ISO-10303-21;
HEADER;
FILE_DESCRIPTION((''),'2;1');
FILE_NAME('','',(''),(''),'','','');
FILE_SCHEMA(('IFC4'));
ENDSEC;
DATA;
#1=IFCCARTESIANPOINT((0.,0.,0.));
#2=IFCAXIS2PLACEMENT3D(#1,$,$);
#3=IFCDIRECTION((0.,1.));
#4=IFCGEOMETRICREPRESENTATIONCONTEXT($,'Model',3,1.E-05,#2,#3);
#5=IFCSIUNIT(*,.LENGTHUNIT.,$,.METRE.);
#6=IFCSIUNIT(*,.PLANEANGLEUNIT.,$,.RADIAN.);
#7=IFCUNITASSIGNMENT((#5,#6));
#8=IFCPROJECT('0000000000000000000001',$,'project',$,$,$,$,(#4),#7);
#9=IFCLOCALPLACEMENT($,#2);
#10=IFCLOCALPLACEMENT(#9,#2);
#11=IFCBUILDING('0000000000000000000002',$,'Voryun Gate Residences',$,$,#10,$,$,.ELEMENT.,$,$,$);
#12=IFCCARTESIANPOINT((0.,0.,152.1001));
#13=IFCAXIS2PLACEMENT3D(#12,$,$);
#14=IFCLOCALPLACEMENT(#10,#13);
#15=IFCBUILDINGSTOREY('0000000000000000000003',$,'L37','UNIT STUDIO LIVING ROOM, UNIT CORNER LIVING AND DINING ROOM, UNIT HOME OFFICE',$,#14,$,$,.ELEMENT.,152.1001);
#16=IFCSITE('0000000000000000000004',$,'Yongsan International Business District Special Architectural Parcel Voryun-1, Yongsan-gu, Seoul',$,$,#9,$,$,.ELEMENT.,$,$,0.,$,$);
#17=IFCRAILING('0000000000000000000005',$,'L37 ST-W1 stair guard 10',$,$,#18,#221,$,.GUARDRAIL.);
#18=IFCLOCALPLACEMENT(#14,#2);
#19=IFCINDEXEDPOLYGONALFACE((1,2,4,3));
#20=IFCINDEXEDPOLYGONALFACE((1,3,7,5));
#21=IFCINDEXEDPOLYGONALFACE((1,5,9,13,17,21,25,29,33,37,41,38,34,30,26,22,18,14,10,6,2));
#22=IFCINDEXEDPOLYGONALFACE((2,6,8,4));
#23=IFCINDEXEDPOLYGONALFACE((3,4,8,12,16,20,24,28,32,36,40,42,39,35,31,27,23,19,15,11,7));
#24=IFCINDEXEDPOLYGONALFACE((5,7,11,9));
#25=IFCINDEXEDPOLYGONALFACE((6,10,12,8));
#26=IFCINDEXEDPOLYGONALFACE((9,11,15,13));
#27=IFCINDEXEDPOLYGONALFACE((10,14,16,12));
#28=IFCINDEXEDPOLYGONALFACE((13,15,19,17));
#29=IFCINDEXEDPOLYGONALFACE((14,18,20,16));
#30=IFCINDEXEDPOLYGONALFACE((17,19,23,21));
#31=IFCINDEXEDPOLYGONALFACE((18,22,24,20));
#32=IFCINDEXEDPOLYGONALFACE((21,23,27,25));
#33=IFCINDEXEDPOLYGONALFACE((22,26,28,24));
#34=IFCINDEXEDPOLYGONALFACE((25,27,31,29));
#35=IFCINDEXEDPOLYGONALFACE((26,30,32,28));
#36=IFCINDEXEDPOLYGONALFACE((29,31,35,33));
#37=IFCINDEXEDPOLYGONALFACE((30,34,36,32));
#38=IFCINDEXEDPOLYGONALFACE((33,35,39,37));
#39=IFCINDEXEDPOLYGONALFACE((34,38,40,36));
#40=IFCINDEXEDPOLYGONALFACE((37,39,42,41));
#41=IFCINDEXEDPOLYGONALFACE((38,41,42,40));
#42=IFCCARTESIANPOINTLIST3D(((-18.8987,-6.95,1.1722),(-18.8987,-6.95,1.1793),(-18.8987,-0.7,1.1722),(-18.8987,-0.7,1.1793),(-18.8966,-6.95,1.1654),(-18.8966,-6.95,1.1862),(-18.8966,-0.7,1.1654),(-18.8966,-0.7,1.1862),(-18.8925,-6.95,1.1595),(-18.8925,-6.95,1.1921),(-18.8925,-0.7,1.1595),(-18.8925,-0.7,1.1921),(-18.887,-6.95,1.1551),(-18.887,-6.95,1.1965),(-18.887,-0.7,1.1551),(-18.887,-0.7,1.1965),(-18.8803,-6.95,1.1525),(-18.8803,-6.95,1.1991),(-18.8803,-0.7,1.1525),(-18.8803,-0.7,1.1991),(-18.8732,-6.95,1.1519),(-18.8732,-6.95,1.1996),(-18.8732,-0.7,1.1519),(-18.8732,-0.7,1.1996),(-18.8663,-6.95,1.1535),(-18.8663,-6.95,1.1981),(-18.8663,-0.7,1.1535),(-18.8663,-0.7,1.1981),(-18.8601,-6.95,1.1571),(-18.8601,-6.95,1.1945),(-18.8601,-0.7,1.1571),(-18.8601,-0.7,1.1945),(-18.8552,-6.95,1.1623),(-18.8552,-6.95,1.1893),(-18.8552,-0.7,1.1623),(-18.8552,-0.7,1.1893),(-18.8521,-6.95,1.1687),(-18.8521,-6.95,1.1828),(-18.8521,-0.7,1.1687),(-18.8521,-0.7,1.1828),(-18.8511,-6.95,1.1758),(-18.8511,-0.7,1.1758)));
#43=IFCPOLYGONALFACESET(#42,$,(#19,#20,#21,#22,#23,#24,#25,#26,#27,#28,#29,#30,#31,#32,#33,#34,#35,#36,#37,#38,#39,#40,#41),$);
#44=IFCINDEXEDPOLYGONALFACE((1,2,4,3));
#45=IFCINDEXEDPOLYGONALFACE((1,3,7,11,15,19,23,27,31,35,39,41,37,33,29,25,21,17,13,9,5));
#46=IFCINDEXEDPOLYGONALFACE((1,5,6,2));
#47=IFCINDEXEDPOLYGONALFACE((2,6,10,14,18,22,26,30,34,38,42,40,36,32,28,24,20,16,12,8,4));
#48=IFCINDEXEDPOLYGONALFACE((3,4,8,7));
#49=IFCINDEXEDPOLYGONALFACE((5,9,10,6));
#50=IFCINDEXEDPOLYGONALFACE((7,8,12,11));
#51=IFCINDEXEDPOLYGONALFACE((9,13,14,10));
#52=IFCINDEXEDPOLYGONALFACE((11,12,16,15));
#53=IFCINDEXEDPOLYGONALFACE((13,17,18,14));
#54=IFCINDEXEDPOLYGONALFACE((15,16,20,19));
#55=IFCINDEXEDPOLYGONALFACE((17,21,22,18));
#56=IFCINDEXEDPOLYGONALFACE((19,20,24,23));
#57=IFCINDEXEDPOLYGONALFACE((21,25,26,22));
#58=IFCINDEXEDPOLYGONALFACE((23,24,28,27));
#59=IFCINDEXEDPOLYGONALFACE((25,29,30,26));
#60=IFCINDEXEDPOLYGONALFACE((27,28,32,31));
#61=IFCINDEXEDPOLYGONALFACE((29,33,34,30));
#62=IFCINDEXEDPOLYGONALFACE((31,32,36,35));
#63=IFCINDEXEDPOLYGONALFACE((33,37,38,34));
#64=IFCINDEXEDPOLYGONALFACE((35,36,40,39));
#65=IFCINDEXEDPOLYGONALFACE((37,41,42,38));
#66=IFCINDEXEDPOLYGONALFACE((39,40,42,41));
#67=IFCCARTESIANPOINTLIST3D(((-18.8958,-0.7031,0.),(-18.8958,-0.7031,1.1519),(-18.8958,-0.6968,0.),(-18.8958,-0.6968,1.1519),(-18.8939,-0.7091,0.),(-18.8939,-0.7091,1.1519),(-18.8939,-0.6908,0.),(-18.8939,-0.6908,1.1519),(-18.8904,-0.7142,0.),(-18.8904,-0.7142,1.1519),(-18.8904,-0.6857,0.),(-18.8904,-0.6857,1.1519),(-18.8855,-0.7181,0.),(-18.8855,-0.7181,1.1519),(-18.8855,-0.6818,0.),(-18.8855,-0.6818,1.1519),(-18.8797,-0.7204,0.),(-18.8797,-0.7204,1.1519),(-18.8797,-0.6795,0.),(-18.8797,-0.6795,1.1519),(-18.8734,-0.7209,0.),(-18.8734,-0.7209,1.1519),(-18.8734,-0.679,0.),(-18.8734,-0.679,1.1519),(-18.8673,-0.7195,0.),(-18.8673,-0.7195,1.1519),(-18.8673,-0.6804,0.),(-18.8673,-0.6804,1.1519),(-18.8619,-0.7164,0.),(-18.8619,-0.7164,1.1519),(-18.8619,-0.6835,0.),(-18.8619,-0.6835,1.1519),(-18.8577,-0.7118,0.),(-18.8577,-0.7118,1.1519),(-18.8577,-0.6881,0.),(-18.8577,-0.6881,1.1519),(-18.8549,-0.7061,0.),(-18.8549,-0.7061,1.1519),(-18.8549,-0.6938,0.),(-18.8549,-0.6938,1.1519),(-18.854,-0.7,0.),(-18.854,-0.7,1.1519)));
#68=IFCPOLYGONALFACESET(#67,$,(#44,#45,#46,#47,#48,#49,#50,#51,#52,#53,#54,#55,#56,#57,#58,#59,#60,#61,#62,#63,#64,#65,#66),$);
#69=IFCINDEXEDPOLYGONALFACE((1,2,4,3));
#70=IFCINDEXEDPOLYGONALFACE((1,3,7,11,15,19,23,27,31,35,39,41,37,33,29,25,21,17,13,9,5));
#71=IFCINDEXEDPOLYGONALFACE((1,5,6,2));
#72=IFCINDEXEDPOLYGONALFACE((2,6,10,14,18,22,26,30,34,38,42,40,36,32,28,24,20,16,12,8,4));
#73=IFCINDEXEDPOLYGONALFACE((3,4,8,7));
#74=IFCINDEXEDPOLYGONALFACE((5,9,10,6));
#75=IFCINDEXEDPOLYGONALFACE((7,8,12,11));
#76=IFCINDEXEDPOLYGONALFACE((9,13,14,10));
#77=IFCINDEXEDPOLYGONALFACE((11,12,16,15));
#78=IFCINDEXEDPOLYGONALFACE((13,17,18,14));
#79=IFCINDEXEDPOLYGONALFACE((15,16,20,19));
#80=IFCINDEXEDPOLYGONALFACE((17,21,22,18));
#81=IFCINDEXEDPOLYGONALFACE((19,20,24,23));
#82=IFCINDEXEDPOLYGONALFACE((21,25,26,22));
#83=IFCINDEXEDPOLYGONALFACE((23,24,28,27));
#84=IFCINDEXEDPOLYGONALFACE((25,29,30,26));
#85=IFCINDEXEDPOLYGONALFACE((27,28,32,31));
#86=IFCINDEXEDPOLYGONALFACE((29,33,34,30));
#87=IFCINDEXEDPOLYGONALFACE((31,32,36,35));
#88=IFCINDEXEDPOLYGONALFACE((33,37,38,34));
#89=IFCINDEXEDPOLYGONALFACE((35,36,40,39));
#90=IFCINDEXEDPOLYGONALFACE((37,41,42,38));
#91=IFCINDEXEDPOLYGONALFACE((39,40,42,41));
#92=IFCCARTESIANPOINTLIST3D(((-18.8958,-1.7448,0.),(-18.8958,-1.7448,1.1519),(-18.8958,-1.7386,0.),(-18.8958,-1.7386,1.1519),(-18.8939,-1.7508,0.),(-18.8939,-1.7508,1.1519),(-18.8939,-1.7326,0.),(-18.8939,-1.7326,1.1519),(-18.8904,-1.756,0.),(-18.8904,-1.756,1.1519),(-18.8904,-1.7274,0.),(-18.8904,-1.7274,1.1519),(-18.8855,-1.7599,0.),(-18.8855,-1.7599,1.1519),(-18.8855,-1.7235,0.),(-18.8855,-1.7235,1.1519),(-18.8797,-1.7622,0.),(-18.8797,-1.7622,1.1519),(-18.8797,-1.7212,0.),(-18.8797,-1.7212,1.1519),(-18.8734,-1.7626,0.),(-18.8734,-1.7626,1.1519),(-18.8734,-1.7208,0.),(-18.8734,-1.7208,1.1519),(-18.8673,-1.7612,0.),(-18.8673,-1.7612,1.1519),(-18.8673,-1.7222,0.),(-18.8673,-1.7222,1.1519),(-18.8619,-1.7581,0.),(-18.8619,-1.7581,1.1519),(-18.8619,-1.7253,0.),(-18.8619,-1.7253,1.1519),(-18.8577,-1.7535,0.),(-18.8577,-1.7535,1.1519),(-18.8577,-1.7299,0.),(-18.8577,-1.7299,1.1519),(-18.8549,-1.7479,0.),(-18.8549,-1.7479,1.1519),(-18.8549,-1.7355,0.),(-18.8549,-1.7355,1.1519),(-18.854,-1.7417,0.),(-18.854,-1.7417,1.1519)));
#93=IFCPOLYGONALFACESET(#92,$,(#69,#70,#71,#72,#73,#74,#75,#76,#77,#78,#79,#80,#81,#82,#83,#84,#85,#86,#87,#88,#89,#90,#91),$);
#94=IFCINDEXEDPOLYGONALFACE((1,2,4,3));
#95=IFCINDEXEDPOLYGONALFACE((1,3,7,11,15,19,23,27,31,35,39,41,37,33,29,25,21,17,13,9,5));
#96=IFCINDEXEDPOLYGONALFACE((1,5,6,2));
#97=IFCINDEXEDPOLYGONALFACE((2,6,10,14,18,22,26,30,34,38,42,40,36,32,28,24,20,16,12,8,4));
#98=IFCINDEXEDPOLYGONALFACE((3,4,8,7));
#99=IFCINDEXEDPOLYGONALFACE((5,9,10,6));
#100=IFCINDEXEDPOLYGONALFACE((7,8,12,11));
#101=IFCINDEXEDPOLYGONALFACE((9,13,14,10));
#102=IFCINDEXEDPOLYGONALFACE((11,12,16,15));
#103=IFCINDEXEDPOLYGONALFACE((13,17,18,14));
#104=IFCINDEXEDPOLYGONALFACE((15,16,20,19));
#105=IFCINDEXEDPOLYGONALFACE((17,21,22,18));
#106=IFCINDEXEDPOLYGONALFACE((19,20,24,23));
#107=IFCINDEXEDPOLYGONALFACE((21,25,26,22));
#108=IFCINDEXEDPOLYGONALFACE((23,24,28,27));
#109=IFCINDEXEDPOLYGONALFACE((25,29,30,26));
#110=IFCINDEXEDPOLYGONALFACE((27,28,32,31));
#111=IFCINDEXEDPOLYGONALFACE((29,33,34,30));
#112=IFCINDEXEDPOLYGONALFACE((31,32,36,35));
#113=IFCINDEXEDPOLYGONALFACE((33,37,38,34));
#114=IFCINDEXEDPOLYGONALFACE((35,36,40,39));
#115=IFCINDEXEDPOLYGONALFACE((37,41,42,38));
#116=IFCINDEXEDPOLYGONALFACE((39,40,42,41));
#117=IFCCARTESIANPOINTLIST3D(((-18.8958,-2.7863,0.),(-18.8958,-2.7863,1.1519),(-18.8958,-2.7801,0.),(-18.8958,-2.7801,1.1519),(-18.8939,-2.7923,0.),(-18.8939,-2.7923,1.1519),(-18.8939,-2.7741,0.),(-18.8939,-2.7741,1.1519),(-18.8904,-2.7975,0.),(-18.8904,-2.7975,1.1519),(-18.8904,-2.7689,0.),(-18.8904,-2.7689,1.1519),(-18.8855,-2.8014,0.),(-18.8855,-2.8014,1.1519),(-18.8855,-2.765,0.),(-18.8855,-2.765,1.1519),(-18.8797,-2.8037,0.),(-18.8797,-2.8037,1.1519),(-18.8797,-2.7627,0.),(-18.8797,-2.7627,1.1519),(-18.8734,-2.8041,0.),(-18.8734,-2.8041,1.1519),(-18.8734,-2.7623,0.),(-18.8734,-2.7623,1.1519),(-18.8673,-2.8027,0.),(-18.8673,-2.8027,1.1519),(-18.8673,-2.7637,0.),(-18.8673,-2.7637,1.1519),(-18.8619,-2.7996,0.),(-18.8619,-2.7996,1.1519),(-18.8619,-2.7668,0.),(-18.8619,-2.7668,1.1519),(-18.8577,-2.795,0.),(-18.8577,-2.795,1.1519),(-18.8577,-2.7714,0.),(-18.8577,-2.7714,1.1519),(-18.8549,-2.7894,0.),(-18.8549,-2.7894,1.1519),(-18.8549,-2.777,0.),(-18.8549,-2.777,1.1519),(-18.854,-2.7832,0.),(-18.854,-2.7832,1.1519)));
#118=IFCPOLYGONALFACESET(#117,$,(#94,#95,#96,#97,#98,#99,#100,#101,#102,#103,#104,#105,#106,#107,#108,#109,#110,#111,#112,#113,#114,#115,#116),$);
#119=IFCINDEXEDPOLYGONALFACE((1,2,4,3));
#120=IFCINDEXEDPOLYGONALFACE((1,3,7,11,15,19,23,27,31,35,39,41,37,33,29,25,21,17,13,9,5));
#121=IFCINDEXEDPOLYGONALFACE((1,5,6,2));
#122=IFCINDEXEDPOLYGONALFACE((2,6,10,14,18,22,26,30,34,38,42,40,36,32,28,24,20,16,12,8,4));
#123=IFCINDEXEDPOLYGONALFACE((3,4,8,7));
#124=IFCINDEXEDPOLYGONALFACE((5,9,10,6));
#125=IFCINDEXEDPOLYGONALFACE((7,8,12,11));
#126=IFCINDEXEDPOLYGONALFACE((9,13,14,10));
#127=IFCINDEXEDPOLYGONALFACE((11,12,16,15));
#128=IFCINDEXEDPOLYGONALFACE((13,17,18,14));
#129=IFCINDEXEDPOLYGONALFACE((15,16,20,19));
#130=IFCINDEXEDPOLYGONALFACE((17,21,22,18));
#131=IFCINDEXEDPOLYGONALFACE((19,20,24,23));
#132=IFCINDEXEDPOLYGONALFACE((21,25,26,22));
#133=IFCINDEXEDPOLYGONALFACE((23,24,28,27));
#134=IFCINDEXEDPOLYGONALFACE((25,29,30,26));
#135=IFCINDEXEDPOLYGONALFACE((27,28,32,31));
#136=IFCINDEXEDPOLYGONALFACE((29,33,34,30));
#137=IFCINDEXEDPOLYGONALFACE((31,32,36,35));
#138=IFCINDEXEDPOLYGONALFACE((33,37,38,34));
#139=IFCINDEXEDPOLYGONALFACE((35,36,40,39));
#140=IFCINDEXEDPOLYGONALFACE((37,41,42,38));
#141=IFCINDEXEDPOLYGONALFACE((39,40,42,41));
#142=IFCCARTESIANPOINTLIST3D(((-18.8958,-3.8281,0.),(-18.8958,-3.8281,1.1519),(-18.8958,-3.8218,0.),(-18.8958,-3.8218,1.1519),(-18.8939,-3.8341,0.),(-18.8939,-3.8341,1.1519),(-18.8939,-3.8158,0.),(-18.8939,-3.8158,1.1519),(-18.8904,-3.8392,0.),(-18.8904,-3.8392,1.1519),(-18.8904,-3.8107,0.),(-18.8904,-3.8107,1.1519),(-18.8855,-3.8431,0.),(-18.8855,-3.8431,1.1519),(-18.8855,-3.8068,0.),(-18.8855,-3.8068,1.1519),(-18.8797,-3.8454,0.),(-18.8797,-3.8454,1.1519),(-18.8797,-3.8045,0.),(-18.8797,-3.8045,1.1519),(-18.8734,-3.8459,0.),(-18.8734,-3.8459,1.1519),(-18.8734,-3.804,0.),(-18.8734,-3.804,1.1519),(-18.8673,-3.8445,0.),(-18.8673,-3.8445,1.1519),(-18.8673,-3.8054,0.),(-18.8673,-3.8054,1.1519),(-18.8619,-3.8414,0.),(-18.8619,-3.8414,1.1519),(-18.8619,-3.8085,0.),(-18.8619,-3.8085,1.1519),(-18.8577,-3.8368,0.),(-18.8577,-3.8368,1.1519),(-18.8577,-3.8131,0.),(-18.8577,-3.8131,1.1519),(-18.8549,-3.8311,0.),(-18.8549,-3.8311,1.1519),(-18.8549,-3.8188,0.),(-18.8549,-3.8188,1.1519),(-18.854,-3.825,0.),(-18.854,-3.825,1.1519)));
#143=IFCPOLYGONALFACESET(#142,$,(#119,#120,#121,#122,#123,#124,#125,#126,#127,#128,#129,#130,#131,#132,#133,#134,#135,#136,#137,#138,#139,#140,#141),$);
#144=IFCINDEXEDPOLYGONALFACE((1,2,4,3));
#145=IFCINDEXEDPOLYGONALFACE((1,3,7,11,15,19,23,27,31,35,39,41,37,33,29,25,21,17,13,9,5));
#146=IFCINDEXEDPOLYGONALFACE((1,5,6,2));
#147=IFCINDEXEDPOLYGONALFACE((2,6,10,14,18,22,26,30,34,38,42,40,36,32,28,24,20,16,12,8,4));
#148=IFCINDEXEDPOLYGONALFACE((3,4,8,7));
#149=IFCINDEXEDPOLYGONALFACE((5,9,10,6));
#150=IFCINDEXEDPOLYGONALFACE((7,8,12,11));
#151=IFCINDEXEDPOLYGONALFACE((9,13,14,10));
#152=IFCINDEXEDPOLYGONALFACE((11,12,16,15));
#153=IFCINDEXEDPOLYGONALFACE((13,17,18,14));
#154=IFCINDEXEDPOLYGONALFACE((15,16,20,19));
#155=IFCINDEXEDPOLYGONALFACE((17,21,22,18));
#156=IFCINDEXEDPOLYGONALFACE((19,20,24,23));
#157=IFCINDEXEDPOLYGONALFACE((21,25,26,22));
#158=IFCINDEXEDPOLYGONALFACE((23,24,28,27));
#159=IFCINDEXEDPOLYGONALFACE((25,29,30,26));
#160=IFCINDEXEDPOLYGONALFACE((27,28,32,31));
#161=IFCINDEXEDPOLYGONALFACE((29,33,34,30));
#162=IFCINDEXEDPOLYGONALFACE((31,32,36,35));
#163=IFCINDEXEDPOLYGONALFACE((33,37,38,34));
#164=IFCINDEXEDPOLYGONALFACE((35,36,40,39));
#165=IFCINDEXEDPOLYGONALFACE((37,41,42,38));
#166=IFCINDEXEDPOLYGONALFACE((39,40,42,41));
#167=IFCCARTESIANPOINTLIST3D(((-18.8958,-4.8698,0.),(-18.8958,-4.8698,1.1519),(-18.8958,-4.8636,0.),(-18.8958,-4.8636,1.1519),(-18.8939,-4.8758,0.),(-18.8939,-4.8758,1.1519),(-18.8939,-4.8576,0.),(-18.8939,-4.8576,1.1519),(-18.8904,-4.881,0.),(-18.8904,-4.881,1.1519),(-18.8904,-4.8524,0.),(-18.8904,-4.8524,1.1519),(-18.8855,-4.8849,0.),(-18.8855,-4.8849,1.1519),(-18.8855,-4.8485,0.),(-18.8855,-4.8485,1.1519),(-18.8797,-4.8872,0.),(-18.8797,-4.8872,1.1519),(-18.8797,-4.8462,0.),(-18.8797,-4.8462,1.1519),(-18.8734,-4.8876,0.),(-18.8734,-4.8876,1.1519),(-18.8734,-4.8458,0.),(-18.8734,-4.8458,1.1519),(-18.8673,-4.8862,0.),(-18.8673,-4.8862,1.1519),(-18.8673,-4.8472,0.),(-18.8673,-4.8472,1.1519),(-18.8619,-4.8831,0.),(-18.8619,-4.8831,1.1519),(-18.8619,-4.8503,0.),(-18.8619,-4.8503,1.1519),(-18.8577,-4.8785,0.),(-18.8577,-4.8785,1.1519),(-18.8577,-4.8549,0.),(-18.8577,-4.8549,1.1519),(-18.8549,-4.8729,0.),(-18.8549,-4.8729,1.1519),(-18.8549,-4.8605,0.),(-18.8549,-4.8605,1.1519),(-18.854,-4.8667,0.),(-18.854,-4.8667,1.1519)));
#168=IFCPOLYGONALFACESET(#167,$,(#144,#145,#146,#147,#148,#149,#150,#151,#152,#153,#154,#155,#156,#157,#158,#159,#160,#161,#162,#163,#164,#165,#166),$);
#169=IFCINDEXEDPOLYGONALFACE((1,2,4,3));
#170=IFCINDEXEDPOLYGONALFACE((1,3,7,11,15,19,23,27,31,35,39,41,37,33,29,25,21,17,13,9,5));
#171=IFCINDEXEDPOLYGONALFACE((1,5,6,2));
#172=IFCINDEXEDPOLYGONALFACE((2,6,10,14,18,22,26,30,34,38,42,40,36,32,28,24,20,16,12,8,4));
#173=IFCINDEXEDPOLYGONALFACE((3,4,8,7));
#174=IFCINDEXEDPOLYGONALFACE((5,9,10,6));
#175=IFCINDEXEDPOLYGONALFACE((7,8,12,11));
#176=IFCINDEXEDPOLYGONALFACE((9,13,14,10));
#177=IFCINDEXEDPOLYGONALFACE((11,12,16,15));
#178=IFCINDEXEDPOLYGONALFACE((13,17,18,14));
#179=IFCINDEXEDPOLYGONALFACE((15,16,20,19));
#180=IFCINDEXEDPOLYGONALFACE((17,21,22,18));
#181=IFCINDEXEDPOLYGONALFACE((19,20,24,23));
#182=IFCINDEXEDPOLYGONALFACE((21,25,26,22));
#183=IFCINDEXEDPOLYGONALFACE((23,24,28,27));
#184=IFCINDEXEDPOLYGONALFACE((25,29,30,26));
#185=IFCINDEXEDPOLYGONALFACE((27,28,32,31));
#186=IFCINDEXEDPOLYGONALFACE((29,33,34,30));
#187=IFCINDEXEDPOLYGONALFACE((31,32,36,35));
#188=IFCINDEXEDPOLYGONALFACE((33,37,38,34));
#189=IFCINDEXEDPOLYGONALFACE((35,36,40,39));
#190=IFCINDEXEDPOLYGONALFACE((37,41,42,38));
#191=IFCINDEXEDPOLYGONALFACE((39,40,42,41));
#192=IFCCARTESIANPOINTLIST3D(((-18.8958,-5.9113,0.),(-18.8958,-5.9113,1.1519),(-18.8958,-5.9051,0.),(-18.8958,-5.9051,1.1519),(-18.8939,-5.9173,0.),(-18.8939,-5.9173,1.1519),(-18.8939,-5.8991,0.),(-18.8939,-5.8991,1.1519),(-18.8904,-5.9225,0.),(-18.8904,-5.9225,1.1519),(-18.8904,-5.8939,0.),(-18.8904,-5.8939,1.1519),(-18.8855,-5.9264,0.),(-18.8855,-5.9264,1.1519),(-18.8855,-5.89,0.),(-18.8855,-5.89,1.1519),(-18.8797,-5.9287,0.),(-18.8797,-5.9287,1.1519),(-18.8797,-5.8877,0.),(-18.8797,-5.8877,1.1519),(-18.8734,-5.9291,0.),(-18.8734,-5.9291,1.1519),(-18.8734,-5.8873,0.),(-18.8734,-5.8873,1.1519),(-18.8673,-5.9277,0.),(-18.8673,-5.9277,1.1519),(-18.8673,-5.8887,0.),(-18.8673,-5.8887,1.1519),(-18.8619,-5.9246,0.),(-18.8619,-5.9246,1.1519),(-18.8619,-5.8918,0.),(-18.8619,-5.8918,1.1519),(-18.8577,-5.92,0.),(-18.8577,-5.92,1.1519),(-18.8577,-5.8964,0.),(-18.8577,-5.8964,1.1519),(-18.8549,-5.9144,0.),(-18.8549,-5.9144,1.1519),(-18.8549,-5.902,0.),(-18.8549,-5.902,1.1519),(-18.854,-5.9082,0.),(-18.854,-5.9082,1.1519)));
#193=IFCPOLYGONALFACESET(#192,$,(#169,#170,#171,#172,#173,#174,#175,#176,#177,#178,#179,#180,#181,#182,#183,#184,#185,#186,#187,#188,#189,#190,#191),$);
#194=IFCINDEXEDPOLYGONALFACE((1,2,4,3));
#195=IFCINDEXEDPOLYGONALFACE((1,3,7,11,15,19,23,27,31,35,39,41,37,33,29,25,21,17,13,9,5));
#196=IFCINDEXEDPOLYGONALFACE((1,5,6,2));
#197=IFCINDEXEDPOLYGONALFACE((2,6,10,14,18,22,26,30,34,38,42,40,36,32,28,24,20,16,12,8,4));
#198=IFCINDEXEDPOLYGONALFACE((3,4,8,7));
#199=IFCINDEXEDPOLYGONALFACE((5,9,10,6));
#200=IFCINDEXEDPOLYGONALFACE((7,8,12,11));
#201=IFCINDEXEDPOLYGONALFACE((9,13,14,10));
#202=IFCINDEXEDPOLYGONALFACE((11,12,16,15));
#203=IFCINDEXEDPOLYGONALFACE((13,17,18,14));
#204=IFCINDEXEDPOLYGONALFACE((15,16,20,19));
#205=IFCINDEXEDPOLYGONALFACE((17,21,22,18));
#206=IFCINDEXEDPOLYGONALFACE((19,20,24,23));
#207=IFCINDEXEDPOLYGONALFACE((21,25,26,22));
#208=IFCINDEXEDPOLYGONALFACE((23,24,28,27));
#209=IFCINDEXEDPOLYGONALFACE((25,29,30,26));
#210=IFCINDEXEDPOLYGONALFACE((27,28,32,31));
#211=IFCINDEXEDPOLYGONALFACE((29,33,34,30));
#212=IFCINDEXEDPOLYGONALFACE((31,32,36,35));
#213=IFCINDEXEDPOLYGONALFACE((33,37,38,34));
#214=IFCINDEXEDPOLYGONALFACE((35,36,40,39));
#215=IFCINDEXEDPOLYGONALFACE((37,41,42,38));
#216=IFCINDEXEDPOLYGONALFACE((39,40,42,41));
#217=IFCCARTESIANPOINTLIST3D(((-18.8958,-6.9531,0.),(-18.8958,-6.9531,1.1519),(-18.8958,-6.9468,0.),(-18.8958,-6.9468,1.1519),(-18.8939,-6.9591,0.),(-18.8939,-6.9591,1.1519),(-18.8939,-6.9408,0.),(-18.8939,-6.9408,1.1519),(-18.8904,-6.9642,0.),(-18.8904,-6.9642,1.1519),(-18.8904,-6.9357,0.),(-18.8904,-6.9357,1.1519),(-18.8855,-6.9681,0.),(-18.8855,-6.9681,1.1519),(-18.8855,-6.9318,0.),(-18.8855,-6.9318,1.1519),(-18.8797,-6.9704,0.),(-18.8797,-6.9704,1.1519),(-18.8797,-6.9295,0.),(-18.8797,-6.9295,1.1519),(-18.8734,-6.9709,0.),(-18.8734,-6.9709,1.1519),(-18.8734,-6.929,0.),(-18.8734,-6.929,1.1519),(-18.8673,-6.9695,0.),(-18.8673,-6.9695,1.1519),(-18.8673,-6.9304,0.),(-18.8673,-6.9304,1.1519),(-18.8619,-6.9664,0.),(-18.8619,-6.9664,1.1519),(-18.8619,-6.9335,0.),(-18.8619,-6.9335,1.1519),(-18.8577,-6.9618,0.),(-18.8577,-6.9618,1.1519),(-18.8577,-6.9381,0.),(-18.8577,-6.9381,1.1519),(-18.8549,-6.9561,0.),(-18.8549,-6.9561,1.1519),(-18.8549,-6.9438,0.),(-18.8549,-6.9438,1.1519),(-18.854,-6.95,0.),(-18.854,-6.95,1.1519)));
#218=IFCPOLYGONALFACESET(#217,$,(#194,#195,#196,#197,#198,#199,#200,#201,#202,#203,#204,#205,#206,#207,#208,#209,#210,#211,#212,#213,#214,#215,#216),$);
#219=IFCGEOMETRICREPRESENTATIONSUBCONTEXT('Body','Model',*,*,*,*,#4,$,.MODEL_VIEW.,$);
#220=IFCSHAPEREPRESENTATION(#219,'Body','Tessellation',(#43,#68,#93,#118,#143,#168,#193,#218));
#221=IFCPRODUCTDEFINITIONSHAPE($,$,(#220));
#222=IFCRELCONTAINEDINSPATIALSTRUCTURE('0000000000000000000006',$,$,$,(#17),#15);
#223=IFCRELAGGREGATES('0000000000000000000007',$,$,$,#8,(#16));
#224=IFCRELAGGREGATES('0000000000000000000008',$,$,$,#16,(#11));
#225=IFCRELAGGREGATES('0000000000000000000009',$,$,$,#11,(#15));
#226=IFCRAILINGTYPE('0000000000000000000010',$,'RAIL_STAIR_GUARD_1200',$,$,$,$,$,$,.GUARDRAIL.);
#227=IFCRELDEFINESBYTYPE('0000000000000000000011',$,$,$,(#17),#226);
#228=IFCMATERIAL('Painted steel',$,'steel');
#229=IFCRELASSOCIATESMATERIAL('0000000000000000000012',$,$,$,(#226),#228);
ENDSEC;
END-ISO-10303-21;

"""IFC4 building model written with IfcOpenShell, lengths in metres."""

from ifc_helpers import new_model, si_unit, direction, frame, origin, origin_2d, place, context, subcontext, project, spatial, circle, extrude, material, type_object, element, save


model = new_model("IFC4")

# Units and contexts
model_context = context("Model", 3, precision=1e-05, world=origin(), true_north=direction((0.0, 1.0)))
body_context = subcontext(model_context, "Body", "Model", "MODEL_VIEW")
ifc_project = project(units=[si_unit("LENGTHUNIT", "METRE"), si_unit("PLANEANGLEUNIT", "RADIAN")], contexts=[model_context])

# Site, building, storey
site_placement = place(None, origin())
site = spatial("IfcSite", under=ifc_project, at=site_placement, Name="Yongsan International Business District Special Architectural Parcel Voryun-1, Yongsan-gu, Seoul", CompositionType="ELEMENT", RefElevation=0.0)
building_placement = place(site_placement, origin())
building = spatial("IfcBuilding", under=site, at=building_placement, Name="Voryun Gate Residences", CompositionType="ELEMENT")
storey_placement = place(building_placement, frame((0.0, 0.0, 152.1001)))
storey = spatial("IfcBuildingStorey", under=building, at=storey_placement, Name="L37", Description="UNIT STUDIO LIVING ROOM, UNIT CORNER LIVING AND DINING ROOM, UNIT HOME OFFICE", CompositionType="ELEMENT", Elevation=152.1001)

# Railing
ifc_material_1 = material(Name="Painted steel", Category="steel")
railing_type = type_object("IfcRailingType", Name="RAIL_STAIR_GUARD_1200", PredefinedType="GUARDRAIL", material=ifc_material_1)
railing_1_placement = place(storey_placement, frame((-18.875, -0.7, 0.0)))
element("IfcRailing", 1, at=railing_1_placement, inside=storey, type_object=railing_type, Name="L37 ST-W1 stair guard 10", PredefinedType="GUARDRAIL", context=body_context, shape_type="SweptSolid", body=[
    extrude(circle(Radius=0.0239, at=origin_2d()), frame((0.0, 0.0, 1.1758), z_axis=(0.0, -1.0, 0.0), x_axis=(1.0, 0.0, 0.0)), (0.0, 0.0, 1.0), 6.25),
    extrude(circle(Radius=0.021, at=origin_2d()), origin(), (0.0, 0.0, 1.0), 1.1519),
    extrude(circle(Radius=0.021, at=origin_2d()), frame((0.0, -1.0417, 0.0)), (0.0, 0.0, 1.0), 1.1519),
    extrude(circle(Radius=0.021, at=origin_2d()), frame((0.0, -2.0833, 0.0)), (0.0, 0.0, 1.0), 1.1519),
    extrude(circle(Radius=0.021, at=origin_2d()), frame((0.0, -3.125, 0.0)), (0.0, 0.0, 1.0), 1.1519),
    extrude(circle(Radius=0.021, at=origin_2d()), frame((0.0, -4.1667, 0.0)), (0.0, 0.0, 1.0), 1.1519),
    extrude(circle(Radius=0.021, at=origin_2d()), frame((0.0, -5.2083, 0.0)), (0.0, 0.0, 1.0), 1.1519),
    extrude(circle(Radius=0.021, at=origin_2d()), frame((0.0, -6.25, 0.0)), (0.0, 0.0, 1.0), 1.1519),
])

save(model, "model.ifc")
